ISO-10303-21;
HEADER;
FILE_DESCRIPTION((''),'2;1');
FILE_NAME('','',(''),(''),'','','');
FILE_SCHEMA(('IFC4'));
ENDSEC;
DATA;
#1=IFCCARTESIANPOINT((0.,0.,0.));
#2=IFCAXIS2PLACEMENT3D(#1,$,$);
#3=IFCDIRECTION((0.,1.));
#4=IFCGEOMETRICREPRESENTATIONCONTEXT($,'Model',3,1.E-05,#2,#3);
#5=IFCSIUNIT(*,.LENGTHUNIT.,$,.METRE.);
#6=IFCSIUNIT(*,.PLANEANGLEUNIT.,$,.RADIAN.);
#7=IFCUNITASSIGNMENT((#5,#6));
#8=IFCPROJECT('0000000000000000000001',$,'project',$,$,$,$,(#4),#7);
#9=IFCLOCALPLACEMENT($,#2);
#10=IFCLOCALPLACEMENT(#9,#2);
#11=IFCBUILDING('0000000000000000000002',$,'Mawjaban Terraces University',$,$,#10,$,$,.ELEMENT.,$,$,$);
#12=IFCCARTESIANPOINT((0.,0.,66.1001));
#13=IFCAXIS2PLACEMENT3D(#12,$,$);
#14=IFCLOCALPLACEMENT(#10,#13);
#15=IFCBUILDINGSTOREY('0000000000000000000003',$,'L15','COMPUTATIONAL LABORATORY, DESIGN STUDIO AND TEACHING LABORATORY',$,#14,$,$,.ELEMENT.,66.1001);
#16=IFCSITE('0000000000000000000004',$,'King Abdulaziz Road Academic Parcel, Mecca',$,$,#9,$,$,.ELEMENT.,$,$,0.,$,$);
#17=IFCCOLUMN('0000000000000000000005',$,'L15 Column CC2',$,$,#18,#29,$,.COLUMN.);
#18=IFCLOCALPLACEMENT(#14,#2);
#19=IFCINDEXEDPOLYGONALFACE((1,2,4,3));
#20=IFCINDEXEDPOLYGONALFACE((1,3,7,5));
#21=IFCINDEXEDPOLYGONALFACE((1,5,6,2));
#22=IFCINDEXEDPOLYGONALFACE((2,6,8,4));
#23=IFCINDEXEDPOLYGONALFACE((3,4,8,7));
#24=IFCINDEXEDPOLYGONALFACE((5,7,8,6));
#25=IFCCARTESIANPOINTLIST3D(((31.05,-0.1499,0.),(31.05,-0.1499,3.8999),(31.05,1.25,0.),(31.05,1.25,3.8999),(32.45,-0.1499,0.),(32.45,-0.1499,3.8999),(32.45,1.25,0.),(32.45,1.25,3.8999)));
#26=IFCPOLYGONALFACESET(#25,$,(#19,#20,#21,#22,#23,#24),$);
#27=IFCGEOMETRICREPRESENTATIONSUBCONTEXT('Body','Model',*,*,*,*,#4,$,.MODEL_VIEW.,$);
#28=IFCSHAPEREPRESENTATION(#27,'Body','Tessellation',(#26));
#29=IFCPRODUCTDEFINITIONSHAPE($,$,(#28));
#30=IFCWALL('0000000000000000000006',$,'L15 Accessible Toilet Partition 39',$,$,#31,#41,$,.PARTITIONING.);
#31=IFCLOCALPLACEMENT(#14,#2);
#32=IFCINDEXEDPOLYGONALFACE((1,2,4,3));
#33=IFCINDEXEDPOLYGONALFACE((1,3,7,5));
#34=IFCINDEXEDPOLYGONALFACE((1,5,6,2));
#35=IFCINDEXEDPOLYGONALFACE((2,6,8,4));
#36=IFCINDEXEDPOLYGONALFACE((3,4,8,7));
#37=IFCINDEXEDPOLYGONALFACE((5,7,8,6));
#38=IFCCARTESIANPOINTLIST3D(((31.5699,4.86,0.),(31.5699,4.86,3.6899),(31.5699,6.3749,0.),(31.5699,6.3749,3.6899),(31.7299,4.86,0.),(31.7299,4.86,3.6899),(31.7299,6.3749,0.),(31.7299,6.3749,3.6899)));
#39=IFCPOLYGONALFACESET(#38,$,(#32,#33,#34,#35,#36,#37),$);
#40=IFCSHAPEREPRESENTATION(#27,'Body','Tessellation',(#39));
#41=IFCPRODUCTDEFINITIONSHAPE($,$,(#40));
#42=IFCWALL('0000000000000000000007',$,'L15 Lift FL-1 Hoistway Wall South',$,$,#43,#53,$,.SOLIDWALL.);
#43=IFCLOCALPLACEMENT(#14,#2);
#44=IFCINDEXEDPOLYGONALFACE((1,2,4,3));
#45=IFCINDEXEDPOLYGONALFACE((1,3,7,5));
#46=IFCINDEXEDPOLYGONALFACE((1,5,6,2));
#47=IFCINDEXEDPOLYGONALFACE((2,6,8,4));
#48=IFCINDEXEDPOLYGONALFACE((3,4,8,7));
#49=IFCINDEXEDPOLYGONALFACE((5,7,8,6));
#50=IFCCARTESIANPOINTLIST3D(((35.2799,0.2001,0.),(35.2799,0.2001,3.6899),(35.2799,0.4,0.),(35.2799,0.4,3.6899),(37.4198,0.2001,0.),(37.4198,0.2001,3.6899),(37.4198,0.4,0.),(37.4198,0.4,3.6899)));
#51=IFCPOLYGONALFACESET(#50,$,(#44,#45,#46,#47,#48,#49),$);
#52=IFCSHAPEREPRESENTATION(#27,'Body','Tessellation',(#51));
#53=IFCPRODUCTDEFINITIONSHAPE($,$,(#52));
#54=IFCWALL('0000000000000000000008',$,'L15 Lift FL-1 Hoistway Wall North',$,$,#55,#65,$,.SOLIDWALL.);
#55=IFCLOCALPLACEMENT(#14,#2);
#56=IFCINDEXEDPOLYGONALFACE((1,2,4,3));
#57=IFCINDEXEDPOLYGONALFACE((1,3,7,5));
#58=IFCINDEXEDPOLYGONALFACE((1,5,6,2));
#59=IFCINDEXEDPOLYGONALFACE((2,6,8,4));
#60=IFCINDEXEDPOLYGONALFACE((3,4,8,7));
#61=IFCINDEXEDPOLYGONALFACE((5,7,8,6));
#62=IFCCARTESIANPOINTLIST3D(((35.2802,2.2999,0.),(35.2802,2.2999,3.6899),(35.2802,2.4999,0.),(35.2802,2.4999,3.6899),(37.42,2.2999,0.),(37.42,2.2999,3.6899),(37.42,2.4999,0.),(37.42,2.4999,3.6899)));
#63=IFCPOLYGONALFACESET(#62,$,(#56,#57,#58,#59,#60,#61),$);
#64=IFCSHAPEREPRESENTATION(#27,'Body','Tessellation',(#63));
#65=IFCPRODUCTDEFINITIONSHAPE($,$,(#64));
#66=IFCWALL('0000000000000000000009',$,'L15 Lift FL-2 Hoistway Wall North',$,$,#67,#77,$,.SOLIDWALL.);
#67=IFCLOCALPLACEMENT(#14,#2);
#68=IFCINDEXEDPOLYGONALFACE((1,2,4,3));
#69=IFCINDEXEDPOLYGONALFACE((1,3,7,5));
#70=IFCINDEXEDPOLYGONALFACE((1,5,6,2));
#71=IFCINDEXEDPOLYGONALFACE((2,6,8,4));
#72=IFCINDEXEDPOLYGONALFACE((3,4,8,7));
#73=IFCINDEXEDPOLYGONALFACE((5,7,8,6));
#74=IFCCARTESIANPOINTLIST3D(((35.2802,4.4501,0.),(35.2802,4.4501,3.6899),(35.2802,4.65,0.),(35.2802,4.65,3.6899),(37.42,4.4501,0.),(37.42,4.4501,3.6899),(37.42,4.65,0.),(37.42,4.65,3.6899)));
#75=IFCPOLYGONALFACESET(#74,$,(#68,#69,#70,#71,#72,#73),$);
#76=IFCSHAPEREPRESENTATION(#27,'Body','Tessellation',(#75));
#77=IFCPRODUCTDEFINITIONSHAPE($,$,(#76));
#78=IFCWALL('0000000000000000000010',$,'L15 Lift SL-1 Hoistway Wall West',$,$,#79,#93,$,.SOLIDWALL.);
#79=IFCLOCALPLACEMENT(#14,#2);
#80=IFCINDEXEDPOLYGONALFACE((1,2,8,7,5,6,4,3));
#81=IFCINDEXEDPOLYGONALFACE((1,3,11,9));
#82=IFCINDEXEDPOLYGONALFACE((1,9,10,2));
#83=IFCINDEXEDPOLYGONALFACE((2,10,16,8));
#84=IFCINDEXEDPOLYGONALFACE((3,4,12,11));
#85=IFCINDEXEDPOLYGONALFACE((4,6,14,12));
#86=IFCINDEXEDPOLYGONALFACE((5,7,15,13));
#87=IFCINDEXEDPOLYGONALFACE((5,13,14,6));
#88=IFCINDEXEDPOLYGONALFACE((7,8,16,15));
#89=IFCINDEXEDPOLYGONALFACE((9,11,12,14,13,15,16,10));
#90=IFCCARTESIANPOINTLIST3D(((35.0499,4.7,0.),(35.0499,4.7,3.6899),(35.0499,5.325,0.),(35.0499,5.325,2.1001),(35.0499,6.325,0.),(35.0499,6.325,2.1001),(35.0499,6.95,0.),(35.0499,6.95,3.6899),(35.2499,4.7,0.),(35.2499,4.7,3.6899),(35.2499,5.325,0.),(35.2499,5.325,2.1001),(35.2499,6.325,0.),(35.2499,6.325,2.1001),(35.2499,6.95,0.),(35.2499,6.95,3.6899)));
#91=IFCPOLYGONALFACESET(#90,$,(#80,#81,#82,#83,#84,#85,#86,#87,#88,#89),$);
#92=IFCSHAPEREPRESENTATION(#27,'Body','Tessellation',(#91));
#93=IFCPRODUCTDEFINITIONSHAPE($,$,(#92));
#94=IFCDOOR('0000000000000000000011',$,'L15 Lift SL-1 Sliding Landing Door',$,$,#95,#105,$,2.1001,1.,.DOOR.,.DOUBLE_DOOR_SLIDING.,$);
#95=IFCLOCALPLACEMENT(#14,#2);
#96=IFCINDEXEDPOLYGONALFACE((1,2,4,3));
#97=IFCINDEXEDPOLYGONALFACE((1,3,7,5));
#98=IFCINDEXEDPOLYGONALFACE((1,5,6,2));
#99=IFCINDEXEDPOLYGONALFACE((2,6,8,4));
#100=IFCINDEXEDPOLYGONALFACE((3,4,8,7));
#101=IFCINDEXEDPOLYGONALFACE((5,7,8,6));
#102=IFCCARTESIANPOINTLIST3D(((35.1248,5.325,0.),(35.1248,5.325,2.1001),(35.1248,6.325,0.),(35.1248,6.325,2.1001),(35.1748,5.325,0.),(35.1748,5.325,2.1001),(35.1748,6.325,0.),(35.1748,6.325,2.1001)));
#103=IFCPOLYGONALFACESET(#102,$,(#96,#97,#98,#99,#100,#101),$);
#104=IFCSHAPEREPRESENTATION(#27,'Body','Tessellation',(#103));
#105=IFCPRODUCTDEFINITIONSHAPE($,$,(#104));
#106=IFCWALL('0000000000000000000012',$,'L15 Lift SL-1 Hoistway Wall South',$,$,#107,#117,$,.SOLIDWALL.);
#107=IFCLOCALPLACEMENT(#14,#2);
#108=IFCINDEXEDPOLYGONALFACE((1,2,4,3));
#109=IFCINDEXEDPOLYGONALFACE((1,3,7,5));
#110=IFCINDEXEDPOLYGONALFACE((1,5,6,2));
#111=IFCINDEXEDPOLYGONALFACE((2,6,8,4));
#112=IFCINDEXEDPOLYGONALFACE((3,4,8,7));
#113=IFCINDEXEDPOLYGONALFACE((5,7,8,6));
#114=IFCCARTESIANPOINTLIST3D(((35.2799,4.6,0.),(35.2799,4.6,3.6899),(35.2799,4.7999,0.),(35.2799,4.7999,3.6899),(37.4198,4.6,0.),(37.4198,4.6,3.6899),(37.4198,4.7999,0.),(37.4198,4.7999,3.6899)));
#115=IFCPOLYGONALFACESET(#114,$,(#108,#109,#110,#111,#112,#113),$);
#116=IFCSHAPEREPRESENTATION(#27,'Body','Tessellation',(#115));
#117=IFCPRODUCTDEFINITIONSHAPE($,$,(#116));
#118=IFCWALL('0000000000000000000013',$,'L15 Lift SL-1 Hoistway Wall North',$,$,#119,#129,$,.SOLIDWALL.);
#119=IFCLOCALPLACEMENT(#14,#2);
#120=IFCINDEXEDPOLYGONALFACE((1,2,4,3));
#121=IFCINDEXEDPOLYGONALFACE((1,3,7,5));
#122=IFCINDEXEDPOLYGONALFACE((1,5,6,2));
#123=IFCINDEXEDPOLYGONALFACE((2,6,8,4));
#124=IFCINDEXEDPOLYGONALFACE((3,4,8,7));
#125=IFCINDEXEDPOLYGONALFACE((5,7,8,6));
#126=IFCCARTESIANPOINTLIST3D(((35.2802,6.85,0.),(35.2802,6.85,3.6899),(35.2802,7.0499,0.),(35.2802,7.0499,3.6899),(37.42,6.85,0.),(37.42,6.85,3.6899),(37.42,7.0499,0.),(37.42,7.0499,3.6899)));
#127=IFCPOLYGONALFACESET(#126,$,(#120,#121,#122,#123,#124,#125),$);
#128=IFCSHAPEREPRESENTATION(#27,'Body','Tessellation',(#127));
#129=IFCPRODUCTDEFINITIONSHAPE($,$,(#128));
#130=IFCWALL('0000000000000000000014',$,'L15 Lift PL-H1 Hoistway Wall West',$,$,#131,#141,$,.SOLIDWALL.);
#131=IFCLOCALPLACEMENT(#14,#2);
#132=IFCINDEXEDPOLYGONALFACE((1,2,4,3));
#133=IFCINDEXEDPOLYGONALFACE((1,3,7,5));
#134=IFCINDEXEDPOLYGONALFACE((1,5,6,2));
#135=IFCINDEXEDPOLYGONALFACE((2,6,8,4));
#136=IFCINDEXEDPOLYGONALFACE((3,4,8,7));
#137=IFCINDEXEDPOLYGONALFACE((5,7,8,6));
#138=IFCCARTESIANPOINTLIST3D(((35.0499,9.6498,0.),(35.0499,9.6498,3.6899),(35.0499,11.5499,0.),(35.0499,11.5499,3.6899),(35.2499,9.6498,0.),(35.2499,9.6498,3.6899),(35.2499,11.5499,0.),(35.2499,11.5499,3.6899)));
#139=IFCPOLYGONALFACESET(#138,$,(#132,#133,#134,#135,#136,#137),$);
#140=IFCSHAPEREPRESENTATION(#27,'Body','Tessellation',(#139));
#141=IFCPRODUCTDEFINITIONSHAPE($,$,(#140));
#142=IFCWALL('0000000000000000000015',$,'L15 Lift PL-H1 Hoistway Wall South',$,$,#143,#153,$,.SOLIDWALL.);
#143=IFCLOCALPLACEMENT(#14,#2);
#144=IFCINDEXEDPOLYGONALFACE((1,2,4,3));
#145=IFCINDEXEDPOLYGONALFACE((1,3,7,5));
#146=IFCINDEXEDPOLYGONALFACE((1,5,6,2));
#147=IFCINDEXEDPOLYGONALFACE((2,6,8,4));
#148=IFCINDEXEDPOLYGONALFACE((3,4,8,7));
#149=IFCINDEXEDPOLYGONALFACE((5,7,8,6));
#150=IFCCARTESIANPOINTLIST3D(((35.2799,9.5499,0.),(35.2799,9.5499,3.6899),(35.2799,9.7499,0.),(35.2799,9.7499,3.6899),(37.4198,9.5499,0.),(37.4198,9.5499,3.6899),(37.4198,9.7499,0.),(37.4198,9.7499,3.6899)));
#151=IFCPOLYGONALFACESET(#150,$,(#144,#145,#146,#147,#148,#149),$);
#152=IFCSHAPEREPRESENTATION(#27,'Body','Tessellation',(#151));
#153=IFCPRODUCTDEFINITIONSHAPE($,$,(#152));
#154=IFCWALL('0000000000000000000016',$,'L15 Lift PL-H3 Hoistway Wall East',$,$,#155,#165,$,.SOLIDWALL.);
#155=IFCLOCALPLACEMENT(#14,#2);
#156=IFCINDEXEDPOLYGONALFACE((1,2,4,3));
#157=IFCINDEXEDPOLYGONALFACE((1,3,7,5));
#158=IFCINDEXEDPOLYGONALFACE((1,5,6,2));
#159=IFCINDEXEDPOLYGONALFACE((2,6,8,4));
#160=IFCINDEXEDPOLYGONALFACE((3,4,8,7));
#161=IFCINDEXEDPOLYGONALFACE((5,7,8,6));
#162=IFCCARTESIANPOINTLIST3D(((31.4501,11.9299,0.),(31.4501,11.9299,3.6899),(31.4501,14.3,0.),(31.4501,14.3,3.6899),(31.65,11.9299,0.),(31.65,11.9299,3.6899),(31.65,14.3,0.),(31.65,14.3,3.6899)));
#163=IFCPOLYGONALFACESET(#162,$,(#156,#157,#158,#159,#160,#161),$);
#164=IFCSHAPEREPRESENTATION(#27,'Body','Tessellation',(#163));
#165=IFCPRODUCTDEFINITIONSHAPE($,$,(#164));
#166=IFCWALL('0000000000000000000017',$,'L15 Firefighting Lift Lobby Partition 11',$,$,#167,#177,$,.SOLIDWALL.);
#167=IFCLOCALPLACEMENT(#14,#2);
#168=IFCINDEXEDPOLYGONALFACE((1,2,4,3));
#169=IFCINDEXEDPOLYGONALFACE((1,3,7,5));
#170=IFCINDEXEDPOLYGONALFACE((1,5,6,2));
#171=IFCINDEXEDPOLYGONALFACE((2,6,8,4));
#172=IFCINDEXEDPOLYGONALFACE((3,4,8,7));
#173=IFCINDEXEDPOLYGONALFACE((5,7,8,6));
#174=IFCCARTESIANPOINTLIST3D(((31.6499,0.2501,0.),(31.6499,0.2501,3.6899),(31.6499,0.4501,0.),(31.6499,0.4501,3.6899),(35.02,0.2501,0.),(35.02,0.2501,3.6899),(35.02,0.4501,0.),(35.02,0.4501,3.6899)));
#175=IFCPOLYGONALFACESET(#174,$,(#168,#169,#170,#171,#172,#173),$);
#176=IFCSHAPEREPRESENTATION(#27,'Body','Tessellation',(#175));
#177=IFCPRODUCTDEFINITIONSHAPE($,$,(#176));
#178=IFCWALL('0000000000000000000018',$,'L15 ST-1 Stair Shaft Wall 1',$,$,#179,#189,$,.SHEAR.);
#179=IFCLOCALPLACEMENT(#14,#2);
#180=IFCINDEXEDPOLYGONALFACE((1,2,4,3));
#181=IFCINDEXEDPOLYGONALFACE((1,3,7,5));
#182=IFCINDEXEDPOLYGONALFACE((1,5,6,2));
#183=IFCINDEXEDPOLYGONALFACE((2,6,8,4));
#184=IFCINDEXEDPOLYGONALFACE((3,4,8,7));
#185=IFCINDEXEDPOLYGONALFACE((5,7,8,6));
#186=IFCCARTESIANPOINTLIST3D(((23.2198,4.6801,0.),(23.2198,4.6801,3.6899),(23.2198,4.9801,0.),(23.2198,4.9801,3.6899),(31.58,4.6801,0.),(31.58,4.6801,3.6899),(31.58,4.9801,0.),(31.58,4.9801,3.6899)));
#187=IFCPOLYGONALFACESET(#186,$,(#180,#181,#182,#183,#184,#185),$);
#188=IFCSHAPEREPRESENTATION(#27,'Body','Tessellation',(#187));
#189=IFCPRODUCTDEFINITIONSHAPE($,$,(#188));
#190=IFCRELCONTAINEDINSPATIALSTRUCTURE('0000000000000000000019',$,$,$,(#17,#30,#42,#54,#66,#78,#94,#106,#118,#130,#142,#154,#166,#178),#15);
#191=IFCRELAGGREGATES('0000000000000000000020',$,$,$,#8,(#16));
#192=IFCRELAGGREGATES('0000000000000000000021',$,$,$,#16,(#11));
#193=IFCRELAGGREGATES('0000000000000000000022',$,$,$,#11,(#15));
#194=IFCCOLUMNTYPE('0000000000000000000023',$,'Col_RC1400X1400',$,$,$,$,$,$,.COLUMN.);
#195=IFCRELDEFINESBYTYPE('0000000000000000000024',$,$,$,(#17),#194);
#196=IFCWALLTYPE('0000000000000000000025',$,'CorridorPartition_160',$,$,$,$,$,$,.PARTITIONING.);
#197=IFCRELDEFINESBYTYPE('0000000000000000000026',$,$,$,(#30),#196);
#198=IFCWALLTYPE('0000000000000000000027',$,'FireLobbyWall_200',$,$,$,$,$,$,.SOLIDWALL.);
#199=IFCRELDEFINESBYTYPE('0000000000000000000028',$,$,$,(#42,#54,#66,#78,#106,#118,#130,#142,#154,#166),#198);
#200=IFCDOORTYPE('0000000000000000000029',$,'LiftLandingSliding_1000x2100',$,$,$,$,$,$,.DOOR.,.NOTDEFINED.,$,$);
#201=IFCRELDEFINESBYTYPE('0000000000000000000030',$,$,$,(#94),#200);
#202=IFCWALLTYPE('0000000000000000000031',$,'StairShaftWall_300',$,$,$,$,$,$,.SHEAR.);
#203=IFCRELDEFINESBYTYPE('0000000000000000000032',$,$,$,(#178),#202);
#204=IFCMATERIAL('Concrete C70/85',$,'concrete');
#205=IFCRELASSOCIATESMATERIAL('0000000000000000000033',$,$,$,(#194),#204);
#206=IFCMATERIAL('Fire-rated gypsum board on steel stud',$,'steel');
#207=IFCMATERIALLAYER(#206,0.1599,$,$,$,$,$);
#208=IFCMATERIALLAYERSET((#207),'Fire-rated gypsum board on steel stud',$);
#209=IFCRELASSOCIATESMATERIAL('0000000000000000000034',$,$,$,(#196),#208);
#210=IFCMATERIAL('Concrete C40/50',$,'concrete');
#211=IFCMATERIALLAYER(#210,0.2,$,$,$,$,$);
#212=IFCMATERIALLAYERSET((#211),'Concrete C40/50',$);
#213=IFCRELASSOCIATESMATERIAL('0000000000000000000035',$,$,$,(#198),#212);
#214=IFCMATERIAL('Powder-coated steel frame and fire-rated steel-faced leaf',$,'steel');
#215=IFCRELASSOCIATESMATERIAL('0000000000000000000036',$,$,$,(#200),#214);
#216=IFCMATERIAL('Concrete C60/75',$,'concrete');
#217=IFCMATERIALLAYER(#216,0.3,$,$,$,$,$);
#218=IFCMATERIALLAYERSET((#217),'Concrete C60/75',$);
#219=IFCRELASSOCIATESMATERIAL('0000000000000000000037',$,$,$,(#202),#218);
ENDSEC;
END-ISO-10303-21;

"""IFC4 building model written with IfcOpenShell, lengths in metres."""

from ifc_helpers import new_model, si_unit, direction, frame, frame_2d, origin, origin_2d, place, context, subcontext, project, spatial, rectangle, extrude, material, layer, layer_set, material_profile, profile_set, type_object, element, fill, save


model = new_model("IFC4")

# Units and contexts
model_context = context("Model", 3, precision=1e-05, world=origin(), true_north=direction((0.0, 1.0)))
body_context = subcontext(model_context, "Body", "Model", "MODEL_VIEW")
ifc_project = project(units=[si_unit("LENGTHUNIT", "METRE"), si_unit("PLANEANGLEUNIT", "RADIAN")], contexts=[model_context])

# Site, building, storey
site_placement = place(None, origin())
site = spatial("IfcSite", under=ifc_project, at=site_placement, Name="King Abdulaziz Road Academic Parcel, Mecca", CompositionType="ELEMENT", RefElevation=0.0)
building_placement = place(site_placement, origin())
building = spatial("IfcBuilding", under=site, at=building_placement, Name="Mawjaban Terraces University", CompositionType="ELEMENT")
storey_placement = place(building_placement, frame((0.0, 0.0, 66.1001)))
storey = spatial("IfcBuildingStorey", under=building, at=storey_placement, Name="L15", Description="COMPUTATIONAL LABORATORY, DESIGN STUDIO AND TEACHING LABORATORY", CompositionType="ELEMENT", Elevation=66.1001)

# Column
ifc_material_1 = material(Name="Concrete C70/85", Category="concrete")
ifc_material_profile = material_profile(ifc_material_1, rectangle(XDim=1.3999, YDim=1.3999, at=origin_2d()), Name="RC1400X1400")
ifc_profile_set = profile_set([ifc_material_profile], Name="Concrete C70/85")
column_type = type_object("IfcColumnType", Name="Col_RC1400X1400", PredefinedType="COLUMN", material=ifc_profile_set)
column_placement = place(storey_placement, frame((31.75, 0.55, 0.0), z_axis=(0.0, 0.0, 1.0), x_axis=(1.0, 0.0, 0.0)))
element("IfcColumn", 1, at=column_placement, inside=storey, type_object=column_type, Name="L15 Column CC2", PredefinedType="COLUMN", context=body_context, shape_type="SweptSolid", body=[
    extrude(rectangle(XDim=1.3999, YDim=1.3999, at=origin_2d()), origin(), (0.0, 0.0, 1.0), 3.8999),
])

# Wall
ifc_material_2 = material(Name="Fire-rated gypsum board on steel stud", Category="steel")
ifc_layer_1 = layer(ifc_material_2, 0.1599)
ifc_layer_set_1 = layer_set([ifc_layer_1], Name="Fire-rated gypsum board on steel stud")
wall_type_1 = type_object("IfcWallType", Name="CorridorPartition_160", PredefinedType="PARTITIONING", material=ifc_layer_set_1)
wall_1_placement = place(storey_placement, frame((31.6499, 4.8601, 0.0), z_axis=(0.0, 0.0, 1.0), x_axis=(0.0, 1.0, 0.0)))
element("IfcWall", 2, at=wall_1_placement, inside=storey, type_object=wall_type_1, Name="L15 Accessible Toilet Partition 39", PredefinedType="PARTITIONING", context=body_context, shape_type="SweptSolid", body=[
    extrude(rectangle(XDim=1.5149, YDim=0.1599, at=frame_2d((0.7573, 0.0))), origin(), (0.0, 0.0, 1.0), 3.6899),
])

# Shared definitions
ifc_material_3 = material(Name="Concrete C40/50", Category="concrete")
ifc_layer_2 = layer(ifc_material_3, 0.2)
ifc_layer_set_2 = layer_set([ifc_layer_2], Name="Concrete C40/50")
wall_type_2 = type_object("IfcWallType", Name="FireLobbyWall_200", PredefinedType="SOLIDWALL", material=ifc_layer_set_2)
ifc_material_4 = material(Name="Powder-coated steel frame and fire-rated steel-faced leaf", Category="steel")

# Walls
for number, where, z_axis, x_axis, name in (
    (3, (35.28, 0.3, 0.0), (0.0, 0.0, 1.0), (1.0, 0.0, 0.0), "L15 Lift FL-1 Hoistway Wall South"),
    (4, (37.4199, 2.3999, 0.0), (0.0, 0.0, 1.0), (-1.0, 0.0, 0.0), "L15 Lift FL-1 Hoistway Wall North"),
):
    element("IfcWall", number, at=place(storey_placement, frame(where, z_axis=z_axis, x_axis=x_axis)), inside=storey, type_object=wall_type_2, Name=name, PredefinedType="SOLIDWALL", context=body_context, shape_type="SweptSolid", body=[
        extrude(rectangle(XDim=2.1399, YDim=0.2, at=frame_2d((1.0698, 0.0))), origin(), (0.0, 0.0, 1.0), 3.6899),
    ])

# Wall
wall_2_placement = place(storey_placement, frame((37.4199, 4.55, 0.0), z_axis=(0.0, 0.0, 1.0), x_axis=(-1.0, 0.0, 0.0)))
element("IfcWall", 5, at=wall_2_placement, inside=storey, type_object=wall_type_2, Name="L15 Lift FL-2 Hoistway Wall North", PredefinedType="SOLIDWALL", context=body_context, shape_type="SweptSolid", body=[
    extrude(rectangle(XDim=2.1399, YDim=0.2, at=frame_2d((1.0698, 0.0))), origin(), (0.0, 0.0, 1.0), 3.6899),
])

# Wall, opening, door
wall_3_placement = place(storey_placement, frame((35.1499, 6.95, 0.0), z_axis=(0.0, 0.0, 1.0), x_axis=(0.0, -1.0, 0.0)))
wall_3 = element("IfcWall", 6, at=wall_3_placement, inside=storey, type_object=wall_type_2, Name="L15 Lift SL-1 Hoistway Wall West", PredefinedType="SOLIDWALL", context=body_context, shape_type="SweptSolid", body=[
    extrude(rectangle(XDim=2.25, YDim=0.2, at=frame_2d((1.125, 0.0))), origin(), (0.0, 0.0, 1.0), 3.6899),
])
opening_1_placement = place(wall_3_placement, frame((0.625, 0.0, 0.0)))
opening_1 = element("IfcOpeningElement", 7, at=opening_1_placement, cuts=wall_3, PredefinedType="OPENING", context=body_context, shape_type="SweptSolid", body=[
    extrude(rectangle(XDim=1.0, YDim=2.1001, at=frame_2d((0.5, 1.05))), frame((0.0, 0.1099, 0.0), z_axis=(0.0, -1.0, 0.0), x_axis=(1.0, 0.0, 0.0)), (0.0, 0.0, 1.0), 0.22),
])
door_type_1 = type_object("IfcDoorType", Name="LiftLandingSliding_1000x2100", OperationType="NOTDEFINED", PredefinedType="DOOR", material=ifc_material_4)
door_1_placement = place(opening_1_placement, origin())
door_1 = element("IfcDoor", 8, at=door_1_placement, inside=storey, type_object=door_type_1, Name="L15 Lift SL-1 Sliding Landing Door", OperationType="DOUBLE_DOOR_SLIDING", OverallHeight=2.1001, OverallWidth=1.0, PredefinedType="DOOR", context=body_context, shape_type="SweptSolid", body=[
    extrude(rectangle(XDim=1.0, YDim=2.1001, at=frame_2d((0.5, 1.05))), frame((0.0, 0.0249, 0.0), z_axis=(0.0, -1.0, 0.0), x_axis=(1.0, 0.0, 0.0)), (0.0, 0.0, 1.0), 0.05),
])
fill(opening_1, door_1)

# Walls
for number, where, z_axis, x_axis, name in (
    (9, (35.28, 4.7, 0.0), (0.0, 0.0, 1.0), (1.0, 0.0, 0.0), "L15 Lift SL-1 Hoistway Wall South"),
    (10, (37.4199, 6.95, 0.0), (0.0, 0.0, 1.0), (-1.0, 0.0, 0.0), "L15 Lift SL-1 Hoistway Wall North"),
):
    element("IfcWall", number, at=place(storey_placement, frame(where, z_axis=z_axis, x_axis=x_axis)), inside=storey, type_object=wall_type_2, Name=name, PredefinedType="SOLIDWALL", context=body_context, shape_type="SweptSolid", body=[
        extrude(rectangle(XDim=2.1399, YDim=0.2, at=frame_2d((1.0698, 0.0))), origin(), (0.0, 0.0, 1.0), 3.6899),
    ])
wall_4_placement = place(storey_placement, frame((35.1499, 11.55, 0.0), z_axis=(0.0, 0.0, 1.0), x_axis=(0.0, -1.0, 0.0)))
element("IfcWall", 11, at=wall_4_placement, inside=storey, type_object=wall_type_2, Name="L15 Lift PL-H1 Hoistway Wall West", PredefinedType="SOLIDWALL", context=body_context, shape_type="SweptSolid", body=[
    extrude(rectangle(XDim=1.9001, YDim=0.2, at=frame_2d((0.9502, 0.0))), origin(), (0.0, 0.0, 1.0), 3.6899),
])
wall_5_placement = place(storey_placement, frame((35.28, 9.6499, 0.0), z_axis=(0.0, 0.0, 1.0), x_axis=(1.0, 0.0, 0.0)))
element("IfcWall", 12, at=wall_5_placement, inside=storey, type_object=wall_type_2, Name="L15 Lift PL-H1 Hoistway Wall South", PredefinedType="SOLIDWALL", context=body_context, shape_type="SweptSolid", body=[
    extrude(rectangle(XDim=2.1399, YDim=0.2, at=frame_2d((1.0698, 0.0))), origin(), (0.0, 0.0, 1.0), 3.6899),
])
wall_6_placement = place(storey_placement, frame((31.55, 11.9299, 0.0), z_axis=(0.0, 0.0, 1.0), x_axis=(0.0, 1.0, 0.0)))
element("IfcWall", 13, at=wall_6_placement, inside=storey, type_object=wall_type_2, Name="L15 Lift PL-H3 Hoistway Wall East", PredefinedType="SOLIDWALL", context=body_context, shape_type="SweptSolid", body=[
    extrude(rectangle(XDim=2.3701, YDim=0.2, at=frame_2d((1.1851, 0.0))), origin(), (0.0, 0.0, 1.0), 3.6899),
])
wall_7_placement = place(storey_placement, frame((31.6499, 0.3501, 0.0), z_axis=(0.0, 0.0, 1.0), x_axis=(1.0, 0.0, 0.0)))
element("IfcWall", 14, at=wall_7_placement, inside=storey, type_object=wall_type_2, Name="L15 Firefighting Lift Lobby Partition 11", PredefinedType="SOLIDWALL", context=body_context, shape_type="SweptSolid", body=[
    extrude(rectangle(XDim=3.3701, YDim=0.2, at=frame_2d((1.6851, 0.0))), origin(), (0.0, 0.0, 1.0), 3.6899),
])

# Wall
ifc_material_5 = material(Name="Concrete C60/75", Category="concrete")
ifc_layer_3 = layer(ifc_material_5, 0.3)
ifc_layer_set_3 = layer_set([ifc_layer_3], Name="Concrete C60/75")
wall_type_3 = type_object("IfcWallType", Name="StairShaftWall_300", PredefinedType="SHEAR", material=ifc_layer_set_3)
wall_8_placement = place(storey_placement, frame((31.5801, 4.8301, 0.0), z_axis=(0.0, 0.0, 1.0), x_axis=(-1.0, 0.0, 0.0)))
element("IfcWall", 15, at=wall_8_placement, inside=storey, type_object=wall_type_3, Name="L15 ST-1 Stair Shaft Wall 1", PredefinedType="SHEAR", context=body_context, shape_type="SweptSolid", body=[
    extrude(rectangle(XDim=8.3601, YDim=0.3, at=frame_2d((4.1802, 0.0))), origin(), (0.0, 0.0, 1.0), 3.6899),
])

save(model, "model.ifc")
